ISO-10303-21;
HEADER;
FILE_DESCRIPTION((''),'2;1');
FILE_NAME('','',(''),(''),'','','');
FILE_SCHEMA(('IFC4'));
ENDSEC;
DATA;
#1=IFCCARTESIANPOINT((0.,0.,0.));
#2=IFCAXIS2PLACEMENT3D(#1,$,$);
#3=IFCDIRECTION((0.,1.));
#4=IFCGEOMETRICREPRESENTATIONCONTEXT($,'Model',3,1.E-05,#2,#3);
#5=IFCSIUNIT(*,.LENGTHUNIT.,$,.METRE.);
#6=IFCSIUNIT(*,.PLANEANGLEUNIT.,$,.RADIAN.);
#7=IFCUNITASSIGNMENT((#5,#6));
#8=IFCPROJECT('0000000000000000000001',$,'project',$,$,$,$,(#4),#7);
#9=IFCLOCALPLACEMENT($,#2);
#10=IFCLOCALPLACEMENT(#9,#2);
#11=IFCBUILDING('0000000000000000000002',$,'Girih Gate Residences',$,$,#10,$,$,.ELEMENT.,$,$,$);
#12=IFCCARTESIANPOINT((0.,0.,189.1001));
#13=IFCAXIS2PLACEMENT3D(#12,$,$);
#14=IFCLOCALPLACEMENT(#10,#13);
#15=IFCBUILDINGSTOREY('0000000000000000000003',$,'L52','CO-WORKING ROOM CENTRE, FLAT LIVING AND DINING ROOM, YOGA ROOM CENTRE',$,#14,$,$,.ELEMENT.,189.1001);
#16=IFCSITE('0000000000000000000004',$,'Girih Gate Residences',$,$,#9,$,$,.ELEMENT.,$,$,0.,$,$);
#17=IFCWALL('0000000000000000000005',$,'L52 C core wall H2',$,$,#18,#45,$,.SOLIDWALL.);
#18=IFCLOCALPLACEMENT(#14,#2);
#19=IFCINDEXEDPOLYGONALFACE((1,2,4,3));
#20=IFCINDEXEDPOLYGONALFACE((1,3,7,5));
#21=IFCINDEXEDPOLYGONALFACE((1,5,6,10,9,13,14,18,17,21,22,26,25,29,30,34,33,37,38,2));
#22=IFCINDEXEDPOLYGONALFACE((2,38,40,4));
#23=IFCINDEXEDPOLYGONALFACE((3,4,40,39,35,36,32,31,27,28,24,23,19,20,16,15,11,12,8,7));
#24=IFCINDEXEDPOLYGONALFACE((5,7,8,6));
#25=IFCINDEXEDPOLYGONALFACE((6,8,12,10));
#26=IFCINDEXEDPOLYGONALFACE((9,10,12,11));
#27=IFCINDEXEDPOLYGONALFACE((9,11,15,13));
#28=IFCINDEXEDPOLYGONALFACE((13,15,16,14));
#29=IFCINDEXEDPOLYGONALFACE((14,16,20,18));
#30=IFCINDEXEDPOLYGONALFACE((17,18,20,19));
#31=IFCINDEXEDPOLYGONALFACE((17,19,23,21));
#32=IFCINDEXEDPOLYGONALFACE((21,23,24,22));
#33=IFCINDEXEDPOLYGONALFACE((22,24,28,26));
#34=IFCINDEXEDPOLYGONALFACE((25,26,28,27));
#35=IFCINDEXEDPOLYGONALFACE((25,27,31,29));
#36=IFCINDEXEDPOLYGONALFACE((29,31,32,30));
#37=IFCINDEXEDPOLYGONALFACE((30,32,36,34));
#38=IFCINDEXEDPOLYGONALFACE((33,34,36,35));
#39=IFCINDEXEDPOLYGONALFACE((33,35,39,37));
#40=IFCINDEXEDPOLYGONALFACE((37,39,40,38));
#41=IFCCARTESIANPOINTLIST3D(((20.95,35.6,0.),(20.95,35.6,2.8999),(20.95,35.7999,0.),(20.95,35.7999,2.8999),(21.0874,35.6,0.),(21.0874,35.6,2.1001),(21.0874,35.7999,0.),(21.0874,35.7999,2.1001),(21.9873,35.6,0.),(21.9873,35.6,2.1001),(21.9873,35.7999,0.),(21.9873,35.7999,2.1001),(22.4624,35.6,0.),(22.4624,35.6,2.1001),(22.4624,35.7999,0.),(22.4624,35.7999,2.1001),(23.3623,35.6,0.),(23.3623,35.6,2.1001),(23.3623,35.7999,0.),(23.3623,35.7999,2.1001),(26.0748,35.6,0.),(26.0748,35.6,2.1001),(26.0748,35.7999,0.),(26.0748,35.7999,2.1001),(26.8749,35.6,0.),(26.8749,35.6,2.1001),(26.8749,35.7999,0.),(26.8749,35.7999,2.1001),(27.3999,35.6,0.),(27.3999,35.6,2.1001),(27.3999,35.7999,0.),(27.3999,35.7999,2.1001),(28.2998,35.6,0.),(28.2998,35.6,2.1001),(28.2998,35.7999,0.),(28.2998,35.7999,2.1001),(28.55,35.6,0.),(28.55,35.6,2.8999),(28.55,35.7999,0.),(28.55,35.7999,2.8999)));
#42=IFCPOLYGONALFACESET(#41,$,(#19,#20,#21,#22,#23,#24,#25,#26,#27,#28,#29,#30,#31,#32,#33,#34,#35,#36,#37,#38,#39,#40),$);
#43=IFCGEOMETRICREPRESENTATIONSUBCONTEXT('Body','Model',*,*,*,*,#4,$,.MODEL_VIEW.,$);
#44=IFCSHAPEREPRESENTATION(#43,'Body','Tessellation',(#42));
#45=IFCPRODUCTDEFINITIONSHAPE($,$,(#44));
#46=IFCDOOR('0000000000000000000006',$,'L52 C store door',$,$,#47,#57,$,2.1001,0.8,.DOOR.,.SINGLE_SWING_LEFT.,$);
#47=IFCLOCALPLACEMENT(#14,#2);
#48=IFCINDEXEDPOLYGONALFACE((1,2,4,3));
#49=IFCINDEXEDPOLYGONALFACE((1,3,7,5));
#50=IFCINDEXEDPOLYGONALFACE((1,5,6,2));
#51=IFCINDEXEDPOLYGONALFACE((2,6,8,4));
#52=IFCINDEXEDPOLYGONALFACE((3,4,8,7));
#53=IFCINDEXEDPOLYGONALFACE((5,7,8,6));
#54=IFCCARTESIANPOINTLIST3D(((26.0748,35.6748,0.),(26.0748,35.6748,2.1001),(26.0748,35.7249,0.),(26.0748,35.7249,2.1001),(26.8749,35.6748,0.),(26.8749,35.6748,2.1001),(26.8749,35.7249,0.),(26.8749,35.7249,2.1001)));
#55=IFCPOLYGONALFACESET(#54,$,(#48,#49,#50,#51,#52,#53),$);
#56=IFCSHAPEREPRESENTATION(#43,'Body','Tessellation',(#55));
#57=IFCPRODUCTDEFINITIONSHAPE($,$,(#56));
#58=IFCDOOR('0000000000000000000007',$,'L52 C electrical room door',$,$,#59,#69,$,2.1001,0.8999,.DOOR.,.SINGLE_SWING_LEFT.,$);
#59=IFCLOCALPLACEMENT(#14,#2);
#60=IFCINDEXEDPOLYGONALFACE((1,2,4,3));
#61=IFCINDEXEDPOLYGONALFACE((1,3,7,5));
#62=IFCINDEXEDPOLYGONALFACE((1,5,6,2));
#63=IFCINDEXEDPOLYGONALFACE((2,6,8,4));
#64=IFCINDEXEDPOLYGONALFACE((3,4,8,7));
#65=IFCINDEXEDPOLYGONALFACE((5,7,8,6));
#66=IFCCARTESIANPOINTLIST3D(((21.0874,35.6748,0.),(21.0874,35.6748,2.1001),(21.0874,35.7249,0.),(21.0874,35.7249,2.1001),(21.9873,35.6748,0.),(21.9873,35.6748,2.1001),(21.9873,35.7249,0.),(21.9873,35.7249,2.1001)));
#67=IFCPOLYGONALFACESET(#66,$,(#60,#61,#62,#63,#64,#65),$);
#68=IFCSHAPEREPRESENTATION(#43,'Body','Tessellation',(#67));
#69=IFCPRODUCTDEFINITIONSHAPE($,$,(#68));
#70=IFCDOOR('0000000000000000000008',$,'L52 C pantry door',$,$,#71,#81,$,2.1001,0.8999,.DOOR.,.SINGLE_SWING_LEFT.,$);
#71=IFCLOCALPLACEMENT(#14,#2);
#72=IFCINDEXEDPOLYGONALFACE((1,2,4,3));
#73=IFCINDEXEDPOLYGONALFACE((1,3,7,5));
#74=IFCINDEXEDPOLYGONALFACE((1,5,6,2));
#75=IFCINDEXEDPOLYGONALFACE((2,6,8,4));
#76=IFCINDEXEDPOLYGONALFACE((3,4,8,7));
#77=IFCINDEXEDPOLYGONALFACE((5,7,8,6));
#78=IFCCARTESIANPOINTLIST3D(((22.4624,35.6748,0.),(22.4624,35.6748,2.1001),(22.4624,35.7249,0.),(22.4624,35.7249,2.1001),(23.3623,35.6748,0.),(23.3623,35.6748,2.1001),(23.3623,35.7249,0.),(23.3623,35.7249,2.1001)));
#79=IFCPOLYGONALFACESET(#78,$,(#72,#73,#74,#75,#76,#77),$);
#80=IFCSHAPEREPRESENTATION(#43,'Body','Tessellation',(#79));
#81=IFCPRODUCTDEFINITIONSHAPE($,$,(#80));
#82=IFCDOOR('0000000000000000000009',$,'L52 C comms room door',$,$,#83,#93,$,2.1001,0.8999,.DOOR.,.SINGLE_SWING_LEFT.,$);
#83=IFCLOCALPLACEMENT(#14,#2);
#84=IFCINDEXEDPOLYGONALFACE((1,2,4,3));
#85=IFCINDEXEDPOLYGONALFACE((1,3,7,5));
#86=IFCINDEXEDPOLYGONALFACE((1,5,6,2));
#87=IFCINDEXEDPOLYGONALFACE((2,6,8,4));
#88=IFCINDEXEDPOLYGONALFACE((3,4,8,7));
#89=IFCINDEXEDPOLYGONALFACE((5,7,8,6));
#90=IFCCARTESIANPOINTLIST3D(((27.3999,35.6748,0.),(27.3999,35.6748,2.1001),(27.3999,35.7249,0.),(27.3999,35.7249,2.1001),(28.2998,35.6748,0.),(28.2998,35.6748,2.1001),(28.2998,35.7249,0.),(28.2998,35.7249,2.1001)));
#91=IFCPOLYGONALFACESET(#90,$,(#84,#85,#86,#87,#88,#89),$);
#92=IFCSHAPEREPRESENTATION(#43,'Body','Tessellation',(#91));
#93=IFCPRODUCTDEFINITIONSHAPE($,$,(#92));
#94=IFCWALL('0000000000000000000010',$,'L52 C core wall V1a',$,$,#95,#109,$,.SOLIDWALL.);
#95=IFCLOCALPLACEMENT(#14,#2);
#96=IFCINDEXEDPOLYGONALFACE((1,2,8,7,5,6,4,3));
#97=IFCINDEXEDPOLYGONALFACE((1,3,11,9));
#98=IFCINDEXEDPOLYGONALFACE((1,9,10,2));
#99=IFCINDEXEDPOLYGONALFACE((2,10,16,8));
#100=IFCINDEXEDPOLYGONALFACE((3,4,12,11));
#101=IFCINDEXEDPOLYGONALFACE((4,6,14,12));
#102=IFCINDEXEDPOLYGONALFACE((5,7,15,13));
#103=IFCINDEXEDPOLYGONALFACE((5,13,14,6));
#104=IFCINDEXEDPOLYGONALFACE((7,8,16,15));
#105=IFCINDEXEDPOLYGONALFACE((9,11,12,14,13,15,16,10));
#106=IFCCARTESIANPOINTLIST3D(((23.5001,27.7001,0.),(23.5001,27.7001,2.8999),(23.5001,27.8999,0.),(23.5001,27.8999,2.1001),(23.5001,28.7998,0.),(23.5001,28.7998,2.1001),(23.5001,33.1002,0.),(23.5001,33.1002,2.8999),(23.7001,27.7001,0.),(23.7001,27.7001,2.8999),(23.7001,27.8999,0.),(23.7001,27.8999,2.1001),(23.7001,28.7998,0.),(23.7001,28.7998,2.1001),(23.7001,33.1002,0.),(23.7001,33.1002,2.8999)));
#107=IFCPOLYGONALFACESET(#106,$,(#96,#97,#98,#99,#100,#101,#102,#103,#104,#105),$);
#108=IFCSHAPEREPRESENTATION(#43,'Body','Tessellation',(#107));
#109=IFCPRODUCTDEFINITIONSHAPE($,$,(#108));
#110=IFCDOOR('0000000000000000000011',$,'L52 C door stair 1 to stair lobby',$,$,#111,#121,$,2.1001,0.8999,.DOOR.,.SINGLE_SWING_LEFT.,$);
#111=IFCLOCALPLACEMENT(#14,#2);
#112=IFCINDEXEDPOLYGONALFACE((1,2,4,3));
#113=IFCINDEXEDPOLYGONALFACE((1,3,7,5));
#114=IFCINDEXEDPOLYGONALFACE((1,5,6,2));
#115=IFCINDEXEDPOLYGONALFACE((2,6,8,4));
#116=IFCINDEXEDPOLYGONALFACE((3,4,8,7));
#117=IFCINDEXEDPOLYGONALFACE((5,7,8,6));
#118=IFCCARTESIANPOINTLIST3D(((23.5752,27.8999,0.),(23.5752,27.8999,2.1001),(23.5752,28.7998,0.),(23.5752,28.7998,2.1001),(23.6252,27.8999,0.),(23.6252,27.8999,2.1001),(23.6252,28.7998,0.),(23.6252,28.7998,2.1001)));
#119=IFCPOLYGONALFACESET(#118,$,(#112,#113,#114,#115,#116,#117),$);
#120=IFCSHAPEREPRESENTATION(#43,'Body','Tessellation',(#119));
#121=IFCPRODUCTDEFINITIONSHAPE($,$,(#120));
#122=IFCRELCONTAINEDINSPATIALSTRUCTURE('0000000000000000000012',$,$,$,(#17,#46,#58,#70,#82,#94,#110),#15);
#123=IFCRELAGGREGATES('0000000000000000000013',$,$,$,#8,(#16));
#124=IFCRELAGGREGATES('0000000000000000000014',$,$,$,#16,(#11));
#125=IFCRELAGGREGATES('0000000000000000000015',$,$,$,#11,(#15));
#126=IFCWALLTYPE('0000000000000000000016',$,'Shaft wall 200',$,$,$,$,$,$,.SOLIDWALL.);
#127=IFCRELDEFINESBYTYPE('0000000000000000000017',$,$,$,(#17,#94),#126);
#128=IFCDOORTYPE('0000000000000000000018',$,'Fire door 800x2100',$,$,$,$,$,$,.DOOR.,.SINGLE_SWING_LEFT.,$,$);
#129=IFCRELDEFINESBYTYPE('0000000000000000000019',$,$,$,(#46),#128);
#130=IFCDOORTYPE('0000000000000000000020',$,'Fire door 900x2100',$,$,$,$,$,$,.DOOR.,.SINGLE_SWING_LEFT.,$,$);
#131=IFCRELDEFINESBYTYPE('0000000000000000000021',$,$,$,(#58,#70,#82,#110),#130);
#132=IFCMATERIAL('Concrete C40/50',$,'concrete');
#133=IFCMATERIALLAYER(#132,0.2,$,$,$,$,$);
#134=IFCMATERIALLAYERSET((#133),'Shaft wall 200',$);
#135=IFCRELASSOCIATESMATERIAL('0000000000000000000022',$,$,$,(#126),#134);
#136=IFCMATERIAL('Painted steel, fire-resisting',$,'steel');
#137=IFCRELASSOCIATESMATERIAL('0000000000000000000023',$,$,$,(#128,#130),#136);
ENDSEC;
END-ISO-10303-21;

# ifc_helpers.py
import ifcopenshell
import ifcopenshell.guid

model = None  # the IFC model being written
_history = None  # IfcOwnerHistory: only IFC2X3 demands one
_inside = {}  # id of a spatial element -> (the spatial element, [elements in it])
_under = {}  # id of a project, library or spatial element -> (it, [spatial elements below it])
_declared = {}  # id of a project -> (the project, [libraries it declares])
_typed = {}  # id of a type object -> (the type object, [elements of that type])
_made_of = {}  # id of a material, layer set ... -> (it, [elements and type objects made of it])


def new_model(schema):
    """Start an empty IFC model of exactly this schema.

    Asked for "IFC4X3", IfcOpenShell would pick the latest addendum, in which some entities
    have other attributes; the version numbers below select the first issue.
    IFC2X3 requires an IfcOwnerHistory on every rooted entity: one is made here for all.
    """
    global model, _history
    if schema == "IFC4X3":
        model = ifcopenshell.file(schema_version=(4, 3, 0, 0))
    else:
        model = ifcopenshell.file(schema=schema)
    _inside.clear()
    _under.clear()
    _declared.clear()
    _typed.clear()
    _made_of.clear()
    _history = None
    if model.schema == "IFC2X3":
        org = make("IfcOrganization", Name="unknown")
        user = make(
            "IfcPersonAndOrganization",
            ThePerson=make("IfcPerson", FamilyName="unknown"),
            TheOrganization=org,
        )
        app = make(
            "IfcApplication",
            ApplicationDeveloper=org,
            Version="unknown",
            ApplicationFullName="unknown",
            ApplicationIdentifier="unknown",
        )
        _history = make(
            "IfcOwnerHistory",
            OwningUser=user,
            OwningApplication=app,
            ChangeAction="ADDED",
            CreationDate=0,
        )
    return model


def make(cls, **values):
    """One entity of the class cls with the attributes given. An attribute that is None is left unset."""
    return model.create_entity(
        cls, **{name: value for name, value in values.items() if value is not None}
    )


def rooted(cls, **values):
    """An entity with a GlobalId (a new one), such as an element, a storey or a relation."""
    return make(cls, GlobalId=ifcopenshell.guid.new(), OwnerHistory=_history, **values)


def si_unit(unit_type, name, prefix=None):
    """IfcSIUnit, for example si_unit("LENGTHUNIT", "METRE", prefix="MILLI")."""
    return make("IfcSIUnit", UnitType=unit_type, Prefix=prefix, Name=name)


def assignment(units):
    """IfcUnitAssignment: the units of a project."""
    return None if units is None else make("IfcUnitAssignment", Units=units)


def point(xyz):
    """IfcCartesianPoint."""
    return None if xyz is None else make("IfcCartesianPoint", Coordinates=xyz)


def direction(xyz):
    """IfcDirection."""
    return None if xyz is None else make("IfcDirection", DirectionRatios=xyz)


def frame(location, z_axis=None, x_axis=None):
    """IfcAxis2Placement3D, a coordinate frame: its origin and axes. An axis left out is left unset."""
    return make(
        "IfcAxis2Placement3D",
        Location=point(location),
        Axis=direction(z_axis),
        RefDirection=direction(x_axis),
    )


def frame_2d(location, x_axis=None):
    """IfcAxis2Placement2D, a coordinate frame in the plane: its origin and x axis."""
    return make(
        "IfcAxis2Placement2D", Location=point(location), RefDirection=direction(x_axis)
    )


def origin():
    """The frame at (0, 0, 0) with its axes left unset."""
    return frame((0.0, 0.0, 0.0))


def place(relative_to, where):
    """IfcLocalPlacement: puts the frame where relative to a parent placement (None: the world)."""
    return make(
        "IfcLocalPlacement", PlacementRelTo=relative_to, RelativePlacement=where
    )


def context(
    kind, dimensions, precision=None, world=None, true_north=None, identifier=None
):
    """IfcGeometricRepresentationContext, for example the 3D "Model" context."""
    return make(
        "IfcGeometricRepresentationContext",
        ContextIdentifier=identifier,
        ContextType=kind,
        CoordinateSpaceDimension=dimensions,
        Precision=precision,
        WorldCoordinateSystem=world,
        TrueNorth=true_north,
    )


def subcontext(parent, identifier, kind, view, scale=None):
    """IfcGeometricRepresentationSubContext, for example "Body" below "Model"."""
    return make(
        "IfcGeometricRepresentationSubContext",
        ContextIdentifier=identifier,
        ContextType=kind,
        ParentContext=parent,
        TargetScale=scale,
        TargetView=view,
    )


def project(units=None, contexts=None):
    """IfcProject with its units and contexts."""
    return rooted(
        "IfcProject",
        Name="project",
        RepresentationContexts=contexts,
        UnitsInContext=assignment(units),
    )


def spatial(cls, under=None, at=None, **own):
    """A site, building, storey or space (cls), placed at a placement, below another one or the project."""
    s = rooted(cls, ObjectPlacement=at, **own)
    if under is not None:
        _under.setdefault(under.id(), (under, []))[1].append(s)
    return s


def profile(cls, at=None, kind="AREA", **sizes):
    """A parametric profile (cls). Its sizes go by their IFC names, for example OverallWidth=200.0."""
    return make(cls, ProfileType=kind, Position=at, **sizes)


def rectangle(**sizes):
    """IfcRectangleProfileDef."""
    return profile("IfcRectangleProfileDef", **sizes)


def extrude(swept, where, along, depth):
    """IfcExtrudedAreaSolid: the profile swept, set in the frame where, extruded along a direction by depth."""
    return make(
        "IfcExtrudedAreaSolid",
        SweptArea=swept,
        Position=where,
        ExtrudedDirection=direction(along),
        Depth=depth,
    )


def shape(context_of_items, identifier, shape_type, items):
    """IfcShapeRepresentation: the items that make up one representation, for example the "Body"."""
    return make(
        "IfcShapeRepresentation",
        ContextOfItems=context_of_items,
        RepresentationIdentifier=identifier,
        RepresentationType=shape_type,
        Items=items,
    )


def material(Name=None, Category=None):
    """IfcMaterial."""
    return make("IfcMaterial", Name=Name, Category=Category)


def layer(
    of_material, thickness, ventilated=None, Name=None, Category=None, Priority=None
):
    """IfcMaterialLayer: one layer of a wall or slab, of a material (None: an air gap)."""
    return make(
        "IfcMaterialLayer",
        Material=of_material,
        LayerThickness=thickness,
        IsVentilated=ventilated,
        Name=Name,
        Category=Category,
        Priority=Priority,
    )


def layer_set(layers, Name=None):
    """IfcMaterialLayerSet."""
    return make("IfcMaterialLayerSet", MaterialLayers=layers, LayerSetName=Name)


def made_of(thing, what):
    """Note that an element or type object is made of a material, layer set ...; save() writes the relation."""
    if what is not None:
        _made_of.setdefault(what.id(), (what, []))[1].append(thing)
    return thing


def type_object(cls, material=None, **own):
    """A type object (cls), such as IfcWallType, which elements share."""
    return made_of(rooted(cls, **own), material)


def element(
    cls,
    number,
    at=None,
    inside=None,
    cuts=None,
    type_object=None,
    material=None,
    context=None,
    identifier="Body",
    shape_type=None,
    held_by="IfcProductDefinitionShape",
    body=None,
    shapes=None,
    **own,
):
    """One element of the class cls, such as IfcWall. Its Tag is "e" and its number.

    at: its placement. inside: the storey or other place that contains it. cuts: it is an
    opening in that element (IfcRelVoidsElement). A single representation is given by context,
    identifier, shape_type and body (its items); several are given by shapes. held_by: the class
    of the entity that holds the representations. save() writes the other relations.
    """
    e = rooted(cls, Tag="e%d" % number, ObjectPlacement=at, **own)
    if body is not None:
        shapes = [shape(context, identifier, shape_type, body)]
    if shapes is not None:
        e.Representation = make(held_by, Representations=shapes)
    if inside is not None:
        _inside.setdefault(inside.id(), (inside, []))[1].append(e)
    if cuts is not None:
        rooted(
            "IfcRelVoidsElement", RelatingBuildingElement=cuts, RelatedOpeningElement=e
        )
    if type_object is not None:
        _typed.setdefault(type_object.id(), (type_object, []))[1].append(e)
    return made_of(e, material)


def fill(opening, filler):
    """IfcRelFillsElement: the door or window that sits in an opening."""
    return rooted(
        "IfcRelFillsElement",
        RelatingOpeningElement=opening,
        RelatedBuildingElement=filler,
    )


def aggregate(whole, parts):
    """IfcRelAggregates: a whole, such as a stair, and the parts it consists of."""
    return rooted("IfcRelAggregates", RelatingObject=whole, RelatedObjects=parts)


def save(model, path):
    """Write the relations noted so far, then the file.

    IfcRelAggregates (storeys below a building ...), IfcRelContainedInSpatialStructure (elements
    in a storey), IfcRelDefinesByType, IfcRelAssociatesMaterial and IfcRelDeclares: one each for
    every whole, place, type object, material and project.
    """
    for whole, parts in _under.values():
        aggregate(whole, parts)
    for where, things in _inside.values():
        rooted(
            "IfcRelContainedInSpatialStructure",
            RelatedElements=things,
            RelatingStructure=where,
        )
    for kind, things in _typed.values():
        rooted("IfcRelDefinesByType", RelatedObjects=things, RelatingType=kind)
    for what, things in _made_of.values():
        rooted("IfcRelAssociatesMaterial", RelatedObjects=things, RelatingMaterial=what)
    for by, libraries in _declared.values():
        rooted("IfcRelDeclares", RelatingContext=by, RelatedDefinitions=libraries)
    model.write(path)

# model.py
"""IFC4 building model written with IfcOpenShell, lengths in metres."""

from ifc_helpers import new_model, si_unit, direction, frame, frame_2d, origin, place, context, subcontext, project, spatial, rectangle, extrude, material, layer, layer_set, type_object, element, fill, save


model = new_model("IFC4")

# Units and contexts
model_context = context("Model", 3, precision=1e-05, world=origin(), true_north=direction((0.0, 1.0)))
body_context = subcontext(model_context, "Body", "Model", "MODEL_VIEW")
ifc_project = project(units=[si_unit("LENGTHUNIT", "METRE"), si_unit("PLANEANGLEUNIT", "RADIAN")], contexts=[model_context])

# Site, building, storey
site_placement = place(None, origin())
site = spatial("IfcSite", under=ifc_project, at=site_placement, Name="Girih Gate Residences", CompositionType="ELEMENT", RefElevation=0.0)
building_placement = place(site_placement, origin())
building = spatial("IfcBuilding", under=site, at=building_placement, Name="Girih Gate Residences", CompositionType="ELEMENT")
storey_placement = place(building_placement, frame((0.0, 0.0, 189.1001)))
storey = spatial("IfcBuildingStorey", under=building, at=storey_placement, Name="L52", Description="CO-WORKING ROOM CENTRE, FLAT LIVING AND DINING ROOM, YOGA ROOM CENTRE", CompositionType="ELEMENT", Elevation=189.1001)

# Wall, openings, doors
ifc_material_1 = material(Name="Concrete C40/50", Category="concrete")
ifc_layer_1 = layer(ifc_material_1, 0.2)
ifc_layer_set_1 = layer_set([ifc_layer_1], Name="Shaft wall 200")
wall_type_1 = type_object("IfcWallType", Name="Shaft wall 200", PredefinedType="SOLIDWALL", material=ifc_layer_set_1)
ifc_material_2 = material(Name="Painted steel, fire-resisting", Category="steel")
door_type_1 = type_object("IfcDoorType", Name="Fire door 800x2100", OperationType="SINGLE_SWING_LEFT", PredefinedType="DOOR", material=ifc_material_2)
wall_1_placement = place(storey_placement, frame((20.95, 35.7, 0.0), z_axis=(0.0, 0.0, 1.0), x_axis=(1.0, 0.0, 0.0)))
wall_1 = element("IfcWall", 1, at=wall_1_placement, inside=storey, type_object=wall_type_1, Name="L52 C core wall H2", PredefinedType="SOLIDWALL", context=body_context, shape_type="SweptSolid", body=[
    extrude(rectangle(XDim=7.6001, YDim=0.2, at=frame_2d((3.8, 0.0))), origin(), (0.0, 0.0, 1.0), 2.8999),
])
opening_1_placement = place(wall_1_placement, frame((0.1375, 0.0, 0.0)))
opening_1 = element("IfcOpeningElement", 2, at=opening_1_placement, cuts=wall_1, PredefinedType="OPENING", context=body_context, shape_type="SweptSolid", body=[
    extrude(rectangle(XDim=0.8999, YDim=2.1001, at=frame_2d((0.45, 1.05))), frame((0.0, 0.1099, 0.0), z_axis=(0.0, -1.0, 0.0), x_axis=(1.0, 0.0, 0.0)), (0.0, 0.0, 1.0), 0.22),
])
opening_2_placement = place(wall_1_placement, frame((1.5125, 0.0, 0.0)))
opening_2 = element("IfcOpeningElement", 3, at=opening_2_placement, cuts=wall_1, PredefinedType="OPENING", context=body_context, shape_type="SweptSolid", body=[
    extrude(rectangle(XDim=0.8999, YDim=2.1001, at=frame_2d((0.45, 1.05))), frame((0.0, 0.1099, 0.0), z_axis=(0.0, -1.0, 0.0), x_axis=(1.0, 0.0, 0.0)), (0.0, 0.0, 1.0), 0.22),
])
opening_3_placement = place(wall_1_placement, frame((5.125, 0.0, 0.0)))
opening_3 = element("IfcOpeningElement", 4, at=opening_3_placement, cuts=wall_1, PredefinedType="OPENING", context=body_context, shape_type="SweptSolid", body=[
    extrude(rectangle(XDim=0.8, YDim=2.1001, at=frame_2d((0.3999, 1.05))), frame((0.0, 0.1099, 0.0), z_axis=(0.0, -1.0, 0.0), x_axis=(1.0, 0.0, 0.0)), (0.0, 0.0, 1.0), 0.22),
])
opening_4_placement = place(wall_1_placement, frame((6.45, 0.0, 0.0)))
opening_4 = element("IfcOpeningElement", 5, at=opening_4_placement, cuts=wall_1, PredefinedType="OPENING", context=body_context, shape_type="SweptSolid", body=[
    extrude(rectangle(XDim=0.8999, YDim=2.1001, at=frame_2d((0.45, 1.05))), frame((0.0, 0.1099, 0.0), z_axis=(0.0, -1.0, 0.0), x_axis=(1.0, 0.0, 0.0)), (0.0, 0.0, 1.0), 0.22),
])
door_1_placement = place(opening_3_placement, origin())
door_1 = element("IfcDoor", 6, at=door_1_placement, inside=storey, type_object=door_type_1, Name="L52 C store door", OperationType="SINGLE_SWING_LEFT", OverallHeight=2.1001, OverallWidth=0.8, PredefinedType="DOOR", context=body_context, shape_type="SweptSolid", body=[
    extrude(rectangle(XDim=0.8, YDim=2.1001, at=frame_2d((0.3999, 1.05))), frame((0.0, 0.0249, 0.0), z_axis=(0.0, -1.0, 0.0), x_axis=(1.0, 0.0, 0.0)), (0.0, 0.0, 1.0), 0.05),
])
fill(opening_3, door_1)
door_type_2 = type_object("IfcDoorType", Name="Fire door 900x2100", OperationType="SINGLE_SWING_LEFT", PredefinedType="DOOR", material=ifc_material_2)
door_2_placement = place(opening_1_placement, origin())
door_2 = element("IfcDoor", 7, at=door_2_placement, inside=storey, type_object=door_type_2, Name="L52 C electrical room door", OperationType="SINGLE_SWING_LEFT", OverallHeight=2.1001, OverallWidth=0.8999, PredefinedType="DOOR", context=body_context, shape_type="SweptSolid", body=[
    extrude(rectangle(XDim=0.8999, YDim=2.1001, at=frame_2d((0.45, 1.05))), frame((0.0, 0.0249, 0.0), z_axis=(0.0, -1.0, 0.0), x_axis=(1.0, 0.0, 0.0)), (0.0, 0.0, 1.0), 0.05),
])
fill(opening_1, door_2)
door_3_placement = place(opening_2_placement, origin())
door_3 = element("IfcDoor", 8, at=door_3_placement, inside=storey, type_object=door_type_2, Name="L52 C pantry door", OperationType="SINGLE_SWING_LEFT", OverallHeight=2.1001, OverallWidth=0.8999, PredefinedType="DOOR", context=body_context, shape_type="SweptSolid", body=[
    extrude(rectangle(XDim=0.8999, YDim=2.1001, at=frame_2d((0.45, 1.05))), frame((0.0, 0.0249, 0.0), z_axis=(0.0, -1.0, 0.0), x_axis=(1.0, 0.0, 0.0)), (0.0, 0.0, 1.0), 0.05),
])
fill(opening_2, door_3)
door_4_placement = place(opening_4_placement, origin())
door_4 = element("IfcDoor", 9, at=door_4_placement, inside=storey, type_object=door_type_2, Name="L52 C comms room door", OperationType="SINGLE_SWING_LEFT", OverallHeight=2.1001, OverallWidth=0.8999, PredefinedType="DOOR", context=body_context, shape_type="SweptSolid", body=[
    extrude(rectangle(XDim=0.8999, YDim=2.1001, at=frame_2d((0.45, 1.05))), frame((0.0, 0.0249, 0.0), z_axis=(0.0, -1.0, 0.0), x_axis=(1.0, 0.0, 0.0)), (0.0, 0.0, 1.0), 0.05),
])
fill(opening_4, door_4)

# Wall, opening, door
wall_2_placement = place(storey_placement, frame((23.6001, 27.7, 0.0), z_axis=(0.0, 0.0, 1.0), x_axis=(0.0, 1.0, 0.0)))
wall_2 = element("IfcWall", 10, at=wall_2_placement, inside=storey, type_object=wall_type_1, Name="L52 C core wall V1a", PredefinedType="SOLIDWALL", context=body_context, shape_type="SweptSolid", body=[
    extrude(rectangle(XDim=5.4001, YDim=0.2, at=frame_2d((2.7002, 0.0))), origin(), (0.0, 0.0, 1.0), 2.8999),
])
opening_5_placement = place(wall_2_placement, frame((0.2, 0.0, 0.0)))
opening_5 = element("IfcOpeningElement", 11, at=opening_5_placement, cuts=wall_2, PredefinedType="OPENING", context=body_context, shape_type="SweptSolid", body=[
    extrude(rectangle(XDim=0.8999, YDim=2.1001, at=frame_2d((0.45, 1.05))), frame((0.0, 0.1099, 0.0), z_axis=(0.0, -1.0, 0.0), x_axis=(1.0, 0.0, 0.0)), (0.0, 0.0, 1.0), 0.22),
])
door_5_placement = place(opening_5_placement, origin())
door_5 = element("IfcDoor", 12, at=door_5_placement, inside=storey, type_object=door_type_2, Name="L52 C door stair 1 to stair lobby", OperationType="SINGLE_SWING_LEFT", OverallHeight=2.1001, OverallWidth=0.8999, PredefinedType="DOOR", context=body_context, shape_type="SweptSolid", body=[
    extrude(rectangle(XDim=0.8999, YDim=2.1001, at=frame_2d((0.45, 1.05))), frame((0.0, 0.0249, 0.0), z_axis=(0.0, -1.0, 0.0), x_axis=(1.0, 0.0, 0.0)), (0.0, 0.0, 1.0), 0.05),
])
fill(opening_5, door_5)

save(model, "model.ifc")
